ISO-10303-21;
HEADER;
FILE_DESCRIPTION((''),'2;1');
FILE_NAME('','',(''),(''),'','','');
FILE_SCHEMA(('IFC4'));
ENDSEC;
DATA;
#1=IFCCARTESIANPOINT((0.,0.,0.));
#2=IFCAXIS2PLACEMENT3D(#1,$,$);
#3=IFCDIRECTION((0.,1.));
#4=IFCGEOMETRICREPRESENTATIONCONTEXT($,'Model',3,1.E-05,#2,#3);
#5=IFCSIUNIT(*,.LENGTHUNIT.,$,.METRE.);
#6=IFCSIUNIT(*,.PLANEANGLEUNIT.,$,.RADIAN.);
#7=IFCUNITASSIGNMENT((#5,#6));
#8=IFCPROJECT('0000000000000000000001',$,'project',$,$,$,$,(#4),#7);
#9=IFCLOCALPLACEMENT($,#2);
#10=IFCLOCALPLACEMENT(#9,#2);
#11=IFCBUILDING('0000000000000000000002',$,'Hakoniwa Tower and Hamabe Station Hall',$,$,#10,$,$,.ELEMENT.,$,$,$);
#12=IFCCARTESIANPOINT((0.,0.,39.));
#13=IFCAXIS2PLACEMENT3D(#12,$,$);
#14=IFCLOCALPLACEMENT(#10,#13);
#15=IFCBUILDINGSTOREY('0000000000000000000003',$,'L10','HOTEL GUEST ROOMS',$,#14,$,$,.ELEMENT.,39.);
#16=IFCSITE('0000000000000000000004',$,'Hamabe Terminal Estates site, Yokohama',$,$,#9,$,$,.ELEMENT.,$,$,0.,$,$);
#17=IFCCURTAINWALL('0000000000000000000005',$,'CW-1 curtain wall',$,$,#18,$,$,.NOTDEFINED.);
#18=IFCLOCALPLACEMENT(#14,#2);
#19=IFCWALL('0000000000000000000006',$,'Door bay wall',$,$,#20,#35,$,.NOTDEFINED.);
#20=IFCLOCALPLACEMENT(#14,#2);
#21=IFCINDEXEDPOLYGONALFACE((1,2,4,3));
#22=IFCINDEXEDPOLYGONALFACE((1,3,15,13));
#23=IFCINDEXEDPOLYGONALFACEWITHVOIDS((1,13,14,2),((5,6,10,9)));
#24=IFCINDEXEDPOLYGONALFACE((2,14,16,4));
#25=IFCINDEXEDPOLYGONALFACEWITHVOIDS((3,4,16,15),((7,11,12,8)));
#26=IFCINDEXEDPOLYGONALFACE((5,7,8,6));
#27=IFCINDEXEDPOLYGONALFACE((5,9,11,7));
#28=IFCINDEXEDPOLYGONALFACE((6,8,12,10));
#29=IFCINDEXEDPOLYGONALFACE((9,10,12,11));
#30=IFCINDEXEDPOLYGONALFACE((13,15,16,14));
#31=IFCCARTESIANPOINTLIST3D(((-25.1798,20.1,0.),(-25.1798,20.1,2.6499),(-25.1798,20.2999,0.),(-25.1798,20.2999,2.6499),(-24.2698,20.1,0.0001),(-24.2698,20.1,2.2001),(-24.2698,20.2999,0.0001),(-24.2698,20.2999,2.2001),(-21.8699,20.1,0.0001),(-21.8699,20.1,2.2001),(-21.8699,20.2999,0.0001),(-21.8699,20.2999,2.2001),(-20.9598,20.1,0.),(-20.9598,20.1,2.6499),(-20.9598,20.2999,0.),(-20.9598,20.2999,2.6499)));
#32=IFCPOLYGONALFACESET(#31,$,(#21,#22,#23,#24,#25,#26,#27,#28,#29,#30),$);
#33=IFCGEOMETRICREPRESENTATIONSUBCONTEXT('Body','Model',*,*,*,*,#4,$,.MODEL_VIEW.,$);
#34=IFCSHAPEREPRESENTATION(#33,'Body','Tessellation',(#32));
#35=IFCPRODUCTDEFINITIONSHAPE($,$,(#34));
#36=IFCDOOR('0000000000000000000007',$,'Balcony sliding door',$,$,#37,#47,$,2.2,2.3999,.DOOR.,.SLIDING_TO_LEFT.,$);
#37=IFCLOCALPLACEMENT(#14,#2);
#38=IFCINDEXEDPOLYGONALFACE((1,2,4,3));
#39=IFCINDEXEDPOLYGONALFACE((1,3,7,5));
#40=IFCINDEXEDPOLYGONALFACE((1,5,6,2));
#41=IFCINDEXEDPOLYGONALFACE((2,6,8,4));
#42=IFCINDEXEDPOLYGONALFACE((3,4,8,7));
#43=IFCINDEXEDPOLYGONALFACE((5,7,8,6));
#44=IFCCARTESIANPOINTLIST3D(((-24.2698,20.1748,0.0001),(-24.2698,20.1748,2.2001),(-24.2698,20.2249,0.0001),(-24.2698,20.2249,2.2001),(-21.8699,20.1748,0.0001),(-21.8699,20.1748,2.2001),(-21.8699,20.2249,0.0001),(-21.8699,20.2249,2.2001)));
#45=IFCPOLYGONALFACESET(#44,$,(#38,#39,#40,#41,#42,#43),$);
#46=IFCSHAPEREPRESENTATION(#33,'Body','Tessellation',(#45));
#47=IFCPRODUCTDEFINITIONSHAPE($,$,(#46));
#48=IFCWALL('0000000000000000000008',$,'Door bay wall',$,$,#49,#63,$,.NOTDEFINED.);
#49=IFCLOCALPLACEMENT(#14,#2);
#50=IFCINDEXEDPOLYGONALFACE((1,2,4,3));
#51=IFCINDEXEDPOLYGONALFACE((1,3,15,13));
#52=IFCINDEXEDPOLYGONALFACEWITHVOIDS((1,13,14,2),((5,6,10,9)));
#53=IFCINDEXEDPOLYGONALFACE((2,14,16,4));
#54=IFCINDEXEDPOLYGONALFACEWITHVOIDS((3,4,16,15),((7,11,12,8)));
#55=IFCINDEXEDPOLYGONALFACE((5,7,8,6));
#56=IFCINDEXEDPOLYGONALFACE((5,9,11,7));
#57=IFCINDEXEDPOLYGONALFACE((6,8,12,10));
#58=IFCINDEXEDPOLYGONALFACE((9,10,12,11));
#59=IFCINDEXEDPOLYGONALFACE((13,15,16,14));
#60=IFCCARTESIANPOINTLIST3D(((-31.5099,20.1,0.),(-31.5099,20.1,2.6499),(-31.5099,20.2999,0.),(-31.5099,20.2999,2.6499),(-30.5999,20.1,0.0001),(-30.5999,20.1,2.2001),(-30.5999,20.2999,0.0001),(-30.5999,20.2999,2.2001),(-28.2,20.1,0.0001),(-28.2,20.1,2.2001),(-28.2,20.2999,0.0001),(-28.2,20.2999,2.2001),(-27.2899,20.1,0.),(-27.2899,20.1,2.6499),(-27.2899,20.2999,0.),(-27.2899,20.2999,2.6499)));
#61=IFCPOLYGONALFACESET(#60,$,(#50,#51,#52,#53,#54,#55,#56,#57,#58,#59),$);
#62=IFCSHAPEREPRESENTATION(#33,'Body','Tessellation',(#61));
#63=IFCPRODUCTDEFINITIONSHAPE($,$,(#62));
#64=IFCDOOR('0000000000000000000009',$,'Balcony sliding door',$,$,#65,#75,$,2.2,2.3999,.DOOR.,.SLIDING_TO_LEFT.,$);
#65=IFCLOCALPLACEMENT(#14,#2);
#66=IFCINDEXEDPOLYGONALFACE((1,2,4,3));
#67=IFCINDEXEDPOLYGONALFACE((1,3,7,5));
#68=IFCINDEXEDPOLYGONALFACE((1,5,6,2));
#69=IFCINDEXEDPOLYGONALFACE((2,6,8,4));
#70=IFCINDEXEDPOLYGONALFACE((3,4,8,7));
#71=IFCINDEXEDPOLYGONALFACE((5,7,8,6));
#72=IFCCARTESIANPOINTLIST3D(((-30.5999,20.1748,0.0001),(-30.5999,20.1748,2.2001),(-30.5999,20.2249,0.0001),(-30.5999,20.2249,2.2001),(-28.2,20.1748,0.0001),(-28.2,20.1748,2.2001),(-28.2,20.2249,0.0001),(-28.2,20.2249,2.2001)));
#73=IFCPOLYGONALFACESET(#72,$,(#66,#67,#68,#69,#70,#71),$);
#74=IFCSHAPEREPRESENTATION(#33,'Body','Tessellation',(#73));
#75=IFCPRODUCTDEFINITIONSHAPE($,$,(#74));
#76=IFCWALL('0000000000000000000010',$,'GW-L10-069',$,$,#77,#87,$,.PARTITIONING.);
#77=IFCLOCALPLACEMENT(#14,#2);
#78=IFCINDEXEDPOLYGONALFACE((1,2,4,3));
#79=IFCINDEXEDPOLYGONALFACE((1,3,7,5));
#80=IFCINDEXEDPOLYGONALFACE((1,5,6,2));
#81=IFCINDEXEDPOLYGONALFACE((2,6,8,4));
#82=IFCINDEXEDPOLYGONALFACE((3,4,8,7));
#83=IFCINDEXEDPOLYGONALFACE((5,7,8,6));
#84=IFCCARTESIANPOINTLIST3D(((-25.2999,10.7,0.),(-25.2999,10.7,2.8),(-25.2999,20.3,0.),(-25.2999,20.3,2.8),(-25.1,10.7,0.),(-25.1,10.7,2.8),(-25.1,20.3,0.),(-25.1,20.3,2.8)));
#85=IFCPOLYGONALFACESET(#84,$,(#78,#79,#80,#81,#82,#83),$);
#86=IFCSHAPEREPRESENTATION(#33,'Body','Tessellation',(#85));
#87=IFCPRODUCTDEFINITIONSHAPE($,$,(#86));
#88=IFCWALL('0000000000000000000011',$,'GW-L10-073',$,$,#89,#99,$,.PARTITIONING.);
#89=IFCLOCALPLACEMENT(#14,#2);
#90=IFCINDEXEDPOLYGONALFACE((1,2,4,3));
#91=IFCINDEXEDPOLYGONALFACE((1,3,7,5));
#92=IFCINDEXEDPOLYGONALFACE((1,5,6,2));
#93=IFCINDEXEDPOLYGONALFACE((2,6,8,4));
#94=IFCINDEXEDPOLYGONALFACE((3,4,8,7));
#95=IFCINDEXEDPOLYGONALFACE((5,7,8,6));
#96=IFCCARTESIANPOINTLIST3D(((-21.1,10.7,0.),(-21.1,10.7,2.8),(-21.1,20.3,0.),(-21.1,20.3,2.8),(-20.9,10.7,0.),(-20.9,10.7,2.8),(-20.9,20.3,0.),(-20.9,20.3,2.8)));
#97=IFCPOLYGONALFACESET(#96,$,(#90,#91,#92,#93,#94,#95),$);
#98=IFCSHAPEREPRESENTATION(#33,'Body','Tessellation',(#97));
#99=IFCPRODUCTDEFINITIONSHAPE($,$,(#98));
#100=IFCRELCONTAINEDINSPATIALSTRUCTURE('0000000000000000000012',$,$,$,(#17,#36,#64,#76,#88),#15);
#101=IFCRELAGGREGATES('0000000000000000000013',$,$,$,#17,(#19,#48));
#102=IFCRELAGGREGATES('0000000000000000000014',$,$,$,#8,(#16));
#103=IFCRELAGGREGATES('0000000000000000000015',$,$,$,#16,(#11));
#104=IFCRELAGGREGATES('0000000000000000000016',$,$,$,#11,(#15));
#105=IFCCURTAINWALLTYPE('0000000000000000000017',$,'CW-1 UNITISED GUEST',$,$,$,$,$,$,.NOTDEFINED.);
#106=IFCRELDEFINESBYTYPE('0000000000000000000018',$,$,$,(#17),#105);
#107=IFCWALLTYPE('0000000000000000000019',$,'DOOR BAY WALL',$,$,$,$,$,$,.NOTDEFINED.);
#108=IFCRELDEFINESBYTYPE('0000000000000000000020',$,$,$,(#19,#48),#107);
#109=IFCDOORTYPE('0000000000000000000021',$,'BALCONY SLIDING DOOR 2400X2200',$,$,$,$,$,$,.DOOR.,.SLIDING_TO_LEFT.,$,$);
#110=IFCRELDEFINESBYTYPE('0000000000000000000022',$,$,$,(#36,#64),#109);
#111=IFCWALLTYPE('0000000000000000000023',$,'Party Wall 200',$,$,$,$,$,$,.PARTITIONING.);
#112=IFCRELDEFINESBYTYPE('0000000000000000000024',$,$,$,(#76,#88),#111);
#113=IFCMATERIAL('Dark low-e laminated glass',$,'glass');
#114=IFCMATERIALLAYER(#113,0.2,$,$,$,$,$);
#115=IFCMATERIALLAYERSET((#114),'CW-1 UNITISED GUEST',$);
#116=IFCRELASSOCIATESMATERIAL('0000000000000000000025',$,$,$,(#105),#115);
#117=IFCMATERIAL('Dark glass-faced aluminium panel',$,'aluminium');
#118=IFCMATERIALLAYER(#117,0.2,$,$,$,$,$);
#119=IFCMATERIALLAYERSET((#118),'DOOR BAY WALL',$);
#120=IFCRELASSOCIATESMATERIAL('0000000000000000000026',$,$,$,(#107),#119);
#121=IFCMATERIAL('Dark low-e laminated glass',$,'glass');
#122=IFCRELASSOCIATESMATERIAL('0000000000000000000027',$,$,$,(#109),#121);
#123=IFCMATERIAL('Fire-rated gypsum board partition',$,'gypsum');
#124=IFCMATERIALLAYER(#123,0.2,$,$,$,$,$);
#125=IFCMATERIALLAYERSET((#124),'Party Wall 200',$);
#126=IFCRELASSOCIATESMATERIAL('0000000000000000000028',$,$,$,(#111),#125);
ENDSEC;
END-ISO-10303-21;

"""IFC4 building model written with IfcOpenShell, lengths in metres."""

from ifc_helpers import new_model, si_unit, direction, frame, frame_2d, origin, place, context, subcontext, project, spatial, rectangle, extrude, material, layer, layer_set, type_object, element, fill, aggregate, save


model = new_model("IFC4")

# Units and contexts
model_context = context("Model", 3, precision=1e-05, world=origin(), true_north=direction((0.0, 1.0)))
body_context = subcontext(model_context, "Body", "Model", "MODEL_VIEW")
ifc_project = project(units=[si_unit("LENGTHUNIT", "METRE"), si_unit("PLANEANGLEUNIT", "RADIAN")], contexts=[model_context])

# Site, building, storey
site_placement = place(None, origin())
site = spatial("IfcSite", under=ifc_project, at=site_placement, Name="Hamabe Terminal Estates site, Yokohama", CompositionType="ELEMENT", RefElevation=0.0)
building_placement = place(site_placement, origin())
building = spatial("IfcBuilding", under=site, at=building_placement, Name="Hakoniwa Tower and Hamabe Station Hall", CompositionType="ELEMENT")
storey_placement = place(building_placement, frame((0.0, 0.0, 39.0)))
storey = spatial("IfcBuildingStorey", under=building, at=storey_placement, Name="L10", Description="HOTEL GUEST ROOMS", CompositionType="ELEMENT", Elevation=39.0)

# Curtain wall
ifc_material_1 = material(Name="Dark low-e laminated glass", Category="glass")
ifc_layer_1 = layer(ifc_material_1, 0.2)
ifc_layer_set_1 = layer_set([ifc_layer_1], Name="CW-1 UNITISED GUEST")
curtain_wall_type = type_object("IfcCurtainWallType", Name="CW-1 UNITISED GUEST", PredefinedType="NOTDEFINED", material=ifc_layer_set_1)
curtain_wall_placement = place(storey_placement, origin())
curtain_wall = element("IfcCurtainWall", 1, at=curtain_wall_placement, inside=storey, type_object=curtain_wall_type, Name="CW-1 curtain wall", PredefinedType="NOTDEFINED")

# Walls, openings, doors
ifc_material_2 = material(Name="Dark glass-faced aluminium panel", Category="aluminium")
ifc_layer_2 = layer(ifc_material_2, 0.2)
ifc_layer_set_2 = layer_set([ifc_layer_2], Name="DOOR BAY WALL")
wall_type_1 = type_object("IfcWallType", Name="DOOR BAY WALL", PredefinedType="NOTDEFINED", material=ifc_layer_set_2)
wall_1_placement = place(storey_placement, frame((-20.96, 20.2, 0.0), z_axis=(0.0, 0.0, 1.0), x_axis=(-1.0, 0.0, 0.0)))
wall_1 = element("IfcWall", 2, at=wall_1_placement, type_object=wall_type_1, Name="Door bay wall", PredefinedType="NOTDEFINED", context=body_context, shape_type="SweptSolid", body=[
    extrude(rectangle(XDim=4.22, YDim=0.2, at=frame_2d((2.1099, 0.0))), origin(), (0.0, 0.0, 1.0), 2.6499),
])
opening_1_placement = place(wall_1_placement, frame((0.9099, 0.0, 0.0)))
opening_1 = element("IfcOpeningElement", 3, at=opening_1_placement, cuts=wall_1, PredefinedType="OPENING", context=body_context, shape_type="SweptSolid", body=[
    extrude(rectangle(XDim=2.3999, YDim=2.2, at=frame_2d((1.2, 1.1001))), frame((0.0, 0.1099, 0.0), z_axis=(0.0, -1.0, 0.0), x_axis=(1.0, 0.0, 0.0)), (0.0, 0.0, 1.0), 0.22),
])
ifc_material_3 = material(Name="Dark low-e laminated glass", Category="glass")
door_type_1 = type_object("IfcDoorType", Name="BALCONY SLIDING DOOR 2400X2200", OperationType="SLIDING_TO_LEFT", PredefinedType="DOOR", material=ifc_material_3)
door_1_placement = place(opening_1_placement, frame((2.3999, 0.0, 0.0), z_axis=(0.0, 0.0, 1.0), x_axis=(-1.0, 0.0, 0.0)))
door_1 = element("IfcDoor", 4, at=door_1_placement, inside=storey, type_object=door_type_1, Name="Balcony sliding door", OperationType="SLIDING_TO_LEFT", OverallHeight=2.2, OverallWidth=2.3999, PredefinedType="DOOR", context=body_context, shape_type="SweptSolid", body=[
    extrude(rectangle(XDim=2.3999, YDim=2.2, at=frame_2d((1.2, 1.1001))), frame((0.0, 0.0249, 0.0), z_axis=(0.0, -1.0, 0.0), x_axis=(1.0, 0.0, 0.0)), (0.0, 0.0, 1.0), 0.05),
])
fill(opening_1, door_1)
wall_2_placement = place(storey_placement, frame((-27.29, 20.2, 0.0), z_axis=(0.0, 0.0, 1.0), x_axis=(-1.0, 0.0, 0.0)))
wall_2 = element("IfcWall", 5, at=wall_2_placement, type_object=wall_type_1, Name="Door bay wall", PredefinedType="NOTDEFINED", context=body_context, shape_type="SweptSolid", body=[
    extrude(rectangle(XDim=4.22, YDim=0.2, at=frame_2d((2.1099, 0.0))), origin(), (0.0, 0.0, 1.0), 2.6499),
])
opening_2_placement = place(wall_2_placement, frame((0.9099, 0.0, 0.0)))
opening_2 = element("IfcOpeningElement", 6, at=opening_2_placement, cuts=wall_2, PredefinedType="OPENING", context=body_context, shape_type="SweptSolid", body=[
    extrude(rectangle(XDim=2.3999, YDim=2.2, at=frame_2d((1.2, 1.1001))), frame((0.0, 0.1099, 0.0), z_axis=(0.0, -1.0, 0.0), x_axis=(1.0, 0.0, 0.0)), (0.0, 0.0, 1.0), 0.22),
])
door_2_placement = place(opening_2_placement, frame((2.3999, 0.0, 0.0), z_axis=(0.0, 0.0, 1.0), x_axis=(-1.0, 0.0, 0.0)))
door_2 = element("IfcDoor", 7, at=door_2_placement, inside=storey, type_object=door_type_1, Name="Balcony sliding door", OperationType="SLIDING_TO_LEFT", OverallHeight=2.2, OverallWidth=2.3999, PredefinedType="DOOR", context=body_context, shape_type="SweptSolid", body=[
    extrude(rectangle(XDim=2.3999, YDim=2.2, at=frame_2d((1.2, 1.1001))), frame((0.0, 0.0249, 0.0), z_axis=(0.0, -1.0, 0.0), x_axis=(1.0, 0.0, 0.0)), (0.0, 0.0, 1.0), 0.05),
])
fill(opening_2, door_2)
aggregate(curtain_wall, [wall_1, wall_2])

# Walls
ifc_material_4 = material(Name="Fire-rated gypsum board partition", Category="gypsum")
ifc_layer_3 = layer(ifc_material_4, 0.2)
ifc_layer_set_3 = layer_set([ifc_layer_3], Name="Party Wall 200")
wall_type_2 = type_object("IfcWallType", Name="Party Wall 200", PredefinedType="PARTITIONING", material=ifc_layer_set_3)
for number, where, z_axis, x_axis, name in (
    (8, (-25.2, 10.7, 0.0), (0.0, 0.0, 1.0), (0.0, 1.0, 0.0), "GW-L10-069"),
    (9, (-21.0, 10.7, 0.0), (0.0, 0.0, 1.0), (0.0, 1.0, 0.0), "GW-L10-073"),
):
    element("IfcWall", number, at=place(storey_placement, frame(where, z_axis=z_axis, x_axis=x_axis)), inside=storey, type_object=wall_type_2, Name=name, PredefinedType="PARTITIONING", context=body_context, shape_type="SweptSolid", body=[
        extrude(rectangle(XDim=9.6001, YDim=0.2, at=frame_2d((4.8, 0.0))), origin(), (0.0, 0.0, 1.0), 2.8),
    ])

save(model, "model.ifc")
